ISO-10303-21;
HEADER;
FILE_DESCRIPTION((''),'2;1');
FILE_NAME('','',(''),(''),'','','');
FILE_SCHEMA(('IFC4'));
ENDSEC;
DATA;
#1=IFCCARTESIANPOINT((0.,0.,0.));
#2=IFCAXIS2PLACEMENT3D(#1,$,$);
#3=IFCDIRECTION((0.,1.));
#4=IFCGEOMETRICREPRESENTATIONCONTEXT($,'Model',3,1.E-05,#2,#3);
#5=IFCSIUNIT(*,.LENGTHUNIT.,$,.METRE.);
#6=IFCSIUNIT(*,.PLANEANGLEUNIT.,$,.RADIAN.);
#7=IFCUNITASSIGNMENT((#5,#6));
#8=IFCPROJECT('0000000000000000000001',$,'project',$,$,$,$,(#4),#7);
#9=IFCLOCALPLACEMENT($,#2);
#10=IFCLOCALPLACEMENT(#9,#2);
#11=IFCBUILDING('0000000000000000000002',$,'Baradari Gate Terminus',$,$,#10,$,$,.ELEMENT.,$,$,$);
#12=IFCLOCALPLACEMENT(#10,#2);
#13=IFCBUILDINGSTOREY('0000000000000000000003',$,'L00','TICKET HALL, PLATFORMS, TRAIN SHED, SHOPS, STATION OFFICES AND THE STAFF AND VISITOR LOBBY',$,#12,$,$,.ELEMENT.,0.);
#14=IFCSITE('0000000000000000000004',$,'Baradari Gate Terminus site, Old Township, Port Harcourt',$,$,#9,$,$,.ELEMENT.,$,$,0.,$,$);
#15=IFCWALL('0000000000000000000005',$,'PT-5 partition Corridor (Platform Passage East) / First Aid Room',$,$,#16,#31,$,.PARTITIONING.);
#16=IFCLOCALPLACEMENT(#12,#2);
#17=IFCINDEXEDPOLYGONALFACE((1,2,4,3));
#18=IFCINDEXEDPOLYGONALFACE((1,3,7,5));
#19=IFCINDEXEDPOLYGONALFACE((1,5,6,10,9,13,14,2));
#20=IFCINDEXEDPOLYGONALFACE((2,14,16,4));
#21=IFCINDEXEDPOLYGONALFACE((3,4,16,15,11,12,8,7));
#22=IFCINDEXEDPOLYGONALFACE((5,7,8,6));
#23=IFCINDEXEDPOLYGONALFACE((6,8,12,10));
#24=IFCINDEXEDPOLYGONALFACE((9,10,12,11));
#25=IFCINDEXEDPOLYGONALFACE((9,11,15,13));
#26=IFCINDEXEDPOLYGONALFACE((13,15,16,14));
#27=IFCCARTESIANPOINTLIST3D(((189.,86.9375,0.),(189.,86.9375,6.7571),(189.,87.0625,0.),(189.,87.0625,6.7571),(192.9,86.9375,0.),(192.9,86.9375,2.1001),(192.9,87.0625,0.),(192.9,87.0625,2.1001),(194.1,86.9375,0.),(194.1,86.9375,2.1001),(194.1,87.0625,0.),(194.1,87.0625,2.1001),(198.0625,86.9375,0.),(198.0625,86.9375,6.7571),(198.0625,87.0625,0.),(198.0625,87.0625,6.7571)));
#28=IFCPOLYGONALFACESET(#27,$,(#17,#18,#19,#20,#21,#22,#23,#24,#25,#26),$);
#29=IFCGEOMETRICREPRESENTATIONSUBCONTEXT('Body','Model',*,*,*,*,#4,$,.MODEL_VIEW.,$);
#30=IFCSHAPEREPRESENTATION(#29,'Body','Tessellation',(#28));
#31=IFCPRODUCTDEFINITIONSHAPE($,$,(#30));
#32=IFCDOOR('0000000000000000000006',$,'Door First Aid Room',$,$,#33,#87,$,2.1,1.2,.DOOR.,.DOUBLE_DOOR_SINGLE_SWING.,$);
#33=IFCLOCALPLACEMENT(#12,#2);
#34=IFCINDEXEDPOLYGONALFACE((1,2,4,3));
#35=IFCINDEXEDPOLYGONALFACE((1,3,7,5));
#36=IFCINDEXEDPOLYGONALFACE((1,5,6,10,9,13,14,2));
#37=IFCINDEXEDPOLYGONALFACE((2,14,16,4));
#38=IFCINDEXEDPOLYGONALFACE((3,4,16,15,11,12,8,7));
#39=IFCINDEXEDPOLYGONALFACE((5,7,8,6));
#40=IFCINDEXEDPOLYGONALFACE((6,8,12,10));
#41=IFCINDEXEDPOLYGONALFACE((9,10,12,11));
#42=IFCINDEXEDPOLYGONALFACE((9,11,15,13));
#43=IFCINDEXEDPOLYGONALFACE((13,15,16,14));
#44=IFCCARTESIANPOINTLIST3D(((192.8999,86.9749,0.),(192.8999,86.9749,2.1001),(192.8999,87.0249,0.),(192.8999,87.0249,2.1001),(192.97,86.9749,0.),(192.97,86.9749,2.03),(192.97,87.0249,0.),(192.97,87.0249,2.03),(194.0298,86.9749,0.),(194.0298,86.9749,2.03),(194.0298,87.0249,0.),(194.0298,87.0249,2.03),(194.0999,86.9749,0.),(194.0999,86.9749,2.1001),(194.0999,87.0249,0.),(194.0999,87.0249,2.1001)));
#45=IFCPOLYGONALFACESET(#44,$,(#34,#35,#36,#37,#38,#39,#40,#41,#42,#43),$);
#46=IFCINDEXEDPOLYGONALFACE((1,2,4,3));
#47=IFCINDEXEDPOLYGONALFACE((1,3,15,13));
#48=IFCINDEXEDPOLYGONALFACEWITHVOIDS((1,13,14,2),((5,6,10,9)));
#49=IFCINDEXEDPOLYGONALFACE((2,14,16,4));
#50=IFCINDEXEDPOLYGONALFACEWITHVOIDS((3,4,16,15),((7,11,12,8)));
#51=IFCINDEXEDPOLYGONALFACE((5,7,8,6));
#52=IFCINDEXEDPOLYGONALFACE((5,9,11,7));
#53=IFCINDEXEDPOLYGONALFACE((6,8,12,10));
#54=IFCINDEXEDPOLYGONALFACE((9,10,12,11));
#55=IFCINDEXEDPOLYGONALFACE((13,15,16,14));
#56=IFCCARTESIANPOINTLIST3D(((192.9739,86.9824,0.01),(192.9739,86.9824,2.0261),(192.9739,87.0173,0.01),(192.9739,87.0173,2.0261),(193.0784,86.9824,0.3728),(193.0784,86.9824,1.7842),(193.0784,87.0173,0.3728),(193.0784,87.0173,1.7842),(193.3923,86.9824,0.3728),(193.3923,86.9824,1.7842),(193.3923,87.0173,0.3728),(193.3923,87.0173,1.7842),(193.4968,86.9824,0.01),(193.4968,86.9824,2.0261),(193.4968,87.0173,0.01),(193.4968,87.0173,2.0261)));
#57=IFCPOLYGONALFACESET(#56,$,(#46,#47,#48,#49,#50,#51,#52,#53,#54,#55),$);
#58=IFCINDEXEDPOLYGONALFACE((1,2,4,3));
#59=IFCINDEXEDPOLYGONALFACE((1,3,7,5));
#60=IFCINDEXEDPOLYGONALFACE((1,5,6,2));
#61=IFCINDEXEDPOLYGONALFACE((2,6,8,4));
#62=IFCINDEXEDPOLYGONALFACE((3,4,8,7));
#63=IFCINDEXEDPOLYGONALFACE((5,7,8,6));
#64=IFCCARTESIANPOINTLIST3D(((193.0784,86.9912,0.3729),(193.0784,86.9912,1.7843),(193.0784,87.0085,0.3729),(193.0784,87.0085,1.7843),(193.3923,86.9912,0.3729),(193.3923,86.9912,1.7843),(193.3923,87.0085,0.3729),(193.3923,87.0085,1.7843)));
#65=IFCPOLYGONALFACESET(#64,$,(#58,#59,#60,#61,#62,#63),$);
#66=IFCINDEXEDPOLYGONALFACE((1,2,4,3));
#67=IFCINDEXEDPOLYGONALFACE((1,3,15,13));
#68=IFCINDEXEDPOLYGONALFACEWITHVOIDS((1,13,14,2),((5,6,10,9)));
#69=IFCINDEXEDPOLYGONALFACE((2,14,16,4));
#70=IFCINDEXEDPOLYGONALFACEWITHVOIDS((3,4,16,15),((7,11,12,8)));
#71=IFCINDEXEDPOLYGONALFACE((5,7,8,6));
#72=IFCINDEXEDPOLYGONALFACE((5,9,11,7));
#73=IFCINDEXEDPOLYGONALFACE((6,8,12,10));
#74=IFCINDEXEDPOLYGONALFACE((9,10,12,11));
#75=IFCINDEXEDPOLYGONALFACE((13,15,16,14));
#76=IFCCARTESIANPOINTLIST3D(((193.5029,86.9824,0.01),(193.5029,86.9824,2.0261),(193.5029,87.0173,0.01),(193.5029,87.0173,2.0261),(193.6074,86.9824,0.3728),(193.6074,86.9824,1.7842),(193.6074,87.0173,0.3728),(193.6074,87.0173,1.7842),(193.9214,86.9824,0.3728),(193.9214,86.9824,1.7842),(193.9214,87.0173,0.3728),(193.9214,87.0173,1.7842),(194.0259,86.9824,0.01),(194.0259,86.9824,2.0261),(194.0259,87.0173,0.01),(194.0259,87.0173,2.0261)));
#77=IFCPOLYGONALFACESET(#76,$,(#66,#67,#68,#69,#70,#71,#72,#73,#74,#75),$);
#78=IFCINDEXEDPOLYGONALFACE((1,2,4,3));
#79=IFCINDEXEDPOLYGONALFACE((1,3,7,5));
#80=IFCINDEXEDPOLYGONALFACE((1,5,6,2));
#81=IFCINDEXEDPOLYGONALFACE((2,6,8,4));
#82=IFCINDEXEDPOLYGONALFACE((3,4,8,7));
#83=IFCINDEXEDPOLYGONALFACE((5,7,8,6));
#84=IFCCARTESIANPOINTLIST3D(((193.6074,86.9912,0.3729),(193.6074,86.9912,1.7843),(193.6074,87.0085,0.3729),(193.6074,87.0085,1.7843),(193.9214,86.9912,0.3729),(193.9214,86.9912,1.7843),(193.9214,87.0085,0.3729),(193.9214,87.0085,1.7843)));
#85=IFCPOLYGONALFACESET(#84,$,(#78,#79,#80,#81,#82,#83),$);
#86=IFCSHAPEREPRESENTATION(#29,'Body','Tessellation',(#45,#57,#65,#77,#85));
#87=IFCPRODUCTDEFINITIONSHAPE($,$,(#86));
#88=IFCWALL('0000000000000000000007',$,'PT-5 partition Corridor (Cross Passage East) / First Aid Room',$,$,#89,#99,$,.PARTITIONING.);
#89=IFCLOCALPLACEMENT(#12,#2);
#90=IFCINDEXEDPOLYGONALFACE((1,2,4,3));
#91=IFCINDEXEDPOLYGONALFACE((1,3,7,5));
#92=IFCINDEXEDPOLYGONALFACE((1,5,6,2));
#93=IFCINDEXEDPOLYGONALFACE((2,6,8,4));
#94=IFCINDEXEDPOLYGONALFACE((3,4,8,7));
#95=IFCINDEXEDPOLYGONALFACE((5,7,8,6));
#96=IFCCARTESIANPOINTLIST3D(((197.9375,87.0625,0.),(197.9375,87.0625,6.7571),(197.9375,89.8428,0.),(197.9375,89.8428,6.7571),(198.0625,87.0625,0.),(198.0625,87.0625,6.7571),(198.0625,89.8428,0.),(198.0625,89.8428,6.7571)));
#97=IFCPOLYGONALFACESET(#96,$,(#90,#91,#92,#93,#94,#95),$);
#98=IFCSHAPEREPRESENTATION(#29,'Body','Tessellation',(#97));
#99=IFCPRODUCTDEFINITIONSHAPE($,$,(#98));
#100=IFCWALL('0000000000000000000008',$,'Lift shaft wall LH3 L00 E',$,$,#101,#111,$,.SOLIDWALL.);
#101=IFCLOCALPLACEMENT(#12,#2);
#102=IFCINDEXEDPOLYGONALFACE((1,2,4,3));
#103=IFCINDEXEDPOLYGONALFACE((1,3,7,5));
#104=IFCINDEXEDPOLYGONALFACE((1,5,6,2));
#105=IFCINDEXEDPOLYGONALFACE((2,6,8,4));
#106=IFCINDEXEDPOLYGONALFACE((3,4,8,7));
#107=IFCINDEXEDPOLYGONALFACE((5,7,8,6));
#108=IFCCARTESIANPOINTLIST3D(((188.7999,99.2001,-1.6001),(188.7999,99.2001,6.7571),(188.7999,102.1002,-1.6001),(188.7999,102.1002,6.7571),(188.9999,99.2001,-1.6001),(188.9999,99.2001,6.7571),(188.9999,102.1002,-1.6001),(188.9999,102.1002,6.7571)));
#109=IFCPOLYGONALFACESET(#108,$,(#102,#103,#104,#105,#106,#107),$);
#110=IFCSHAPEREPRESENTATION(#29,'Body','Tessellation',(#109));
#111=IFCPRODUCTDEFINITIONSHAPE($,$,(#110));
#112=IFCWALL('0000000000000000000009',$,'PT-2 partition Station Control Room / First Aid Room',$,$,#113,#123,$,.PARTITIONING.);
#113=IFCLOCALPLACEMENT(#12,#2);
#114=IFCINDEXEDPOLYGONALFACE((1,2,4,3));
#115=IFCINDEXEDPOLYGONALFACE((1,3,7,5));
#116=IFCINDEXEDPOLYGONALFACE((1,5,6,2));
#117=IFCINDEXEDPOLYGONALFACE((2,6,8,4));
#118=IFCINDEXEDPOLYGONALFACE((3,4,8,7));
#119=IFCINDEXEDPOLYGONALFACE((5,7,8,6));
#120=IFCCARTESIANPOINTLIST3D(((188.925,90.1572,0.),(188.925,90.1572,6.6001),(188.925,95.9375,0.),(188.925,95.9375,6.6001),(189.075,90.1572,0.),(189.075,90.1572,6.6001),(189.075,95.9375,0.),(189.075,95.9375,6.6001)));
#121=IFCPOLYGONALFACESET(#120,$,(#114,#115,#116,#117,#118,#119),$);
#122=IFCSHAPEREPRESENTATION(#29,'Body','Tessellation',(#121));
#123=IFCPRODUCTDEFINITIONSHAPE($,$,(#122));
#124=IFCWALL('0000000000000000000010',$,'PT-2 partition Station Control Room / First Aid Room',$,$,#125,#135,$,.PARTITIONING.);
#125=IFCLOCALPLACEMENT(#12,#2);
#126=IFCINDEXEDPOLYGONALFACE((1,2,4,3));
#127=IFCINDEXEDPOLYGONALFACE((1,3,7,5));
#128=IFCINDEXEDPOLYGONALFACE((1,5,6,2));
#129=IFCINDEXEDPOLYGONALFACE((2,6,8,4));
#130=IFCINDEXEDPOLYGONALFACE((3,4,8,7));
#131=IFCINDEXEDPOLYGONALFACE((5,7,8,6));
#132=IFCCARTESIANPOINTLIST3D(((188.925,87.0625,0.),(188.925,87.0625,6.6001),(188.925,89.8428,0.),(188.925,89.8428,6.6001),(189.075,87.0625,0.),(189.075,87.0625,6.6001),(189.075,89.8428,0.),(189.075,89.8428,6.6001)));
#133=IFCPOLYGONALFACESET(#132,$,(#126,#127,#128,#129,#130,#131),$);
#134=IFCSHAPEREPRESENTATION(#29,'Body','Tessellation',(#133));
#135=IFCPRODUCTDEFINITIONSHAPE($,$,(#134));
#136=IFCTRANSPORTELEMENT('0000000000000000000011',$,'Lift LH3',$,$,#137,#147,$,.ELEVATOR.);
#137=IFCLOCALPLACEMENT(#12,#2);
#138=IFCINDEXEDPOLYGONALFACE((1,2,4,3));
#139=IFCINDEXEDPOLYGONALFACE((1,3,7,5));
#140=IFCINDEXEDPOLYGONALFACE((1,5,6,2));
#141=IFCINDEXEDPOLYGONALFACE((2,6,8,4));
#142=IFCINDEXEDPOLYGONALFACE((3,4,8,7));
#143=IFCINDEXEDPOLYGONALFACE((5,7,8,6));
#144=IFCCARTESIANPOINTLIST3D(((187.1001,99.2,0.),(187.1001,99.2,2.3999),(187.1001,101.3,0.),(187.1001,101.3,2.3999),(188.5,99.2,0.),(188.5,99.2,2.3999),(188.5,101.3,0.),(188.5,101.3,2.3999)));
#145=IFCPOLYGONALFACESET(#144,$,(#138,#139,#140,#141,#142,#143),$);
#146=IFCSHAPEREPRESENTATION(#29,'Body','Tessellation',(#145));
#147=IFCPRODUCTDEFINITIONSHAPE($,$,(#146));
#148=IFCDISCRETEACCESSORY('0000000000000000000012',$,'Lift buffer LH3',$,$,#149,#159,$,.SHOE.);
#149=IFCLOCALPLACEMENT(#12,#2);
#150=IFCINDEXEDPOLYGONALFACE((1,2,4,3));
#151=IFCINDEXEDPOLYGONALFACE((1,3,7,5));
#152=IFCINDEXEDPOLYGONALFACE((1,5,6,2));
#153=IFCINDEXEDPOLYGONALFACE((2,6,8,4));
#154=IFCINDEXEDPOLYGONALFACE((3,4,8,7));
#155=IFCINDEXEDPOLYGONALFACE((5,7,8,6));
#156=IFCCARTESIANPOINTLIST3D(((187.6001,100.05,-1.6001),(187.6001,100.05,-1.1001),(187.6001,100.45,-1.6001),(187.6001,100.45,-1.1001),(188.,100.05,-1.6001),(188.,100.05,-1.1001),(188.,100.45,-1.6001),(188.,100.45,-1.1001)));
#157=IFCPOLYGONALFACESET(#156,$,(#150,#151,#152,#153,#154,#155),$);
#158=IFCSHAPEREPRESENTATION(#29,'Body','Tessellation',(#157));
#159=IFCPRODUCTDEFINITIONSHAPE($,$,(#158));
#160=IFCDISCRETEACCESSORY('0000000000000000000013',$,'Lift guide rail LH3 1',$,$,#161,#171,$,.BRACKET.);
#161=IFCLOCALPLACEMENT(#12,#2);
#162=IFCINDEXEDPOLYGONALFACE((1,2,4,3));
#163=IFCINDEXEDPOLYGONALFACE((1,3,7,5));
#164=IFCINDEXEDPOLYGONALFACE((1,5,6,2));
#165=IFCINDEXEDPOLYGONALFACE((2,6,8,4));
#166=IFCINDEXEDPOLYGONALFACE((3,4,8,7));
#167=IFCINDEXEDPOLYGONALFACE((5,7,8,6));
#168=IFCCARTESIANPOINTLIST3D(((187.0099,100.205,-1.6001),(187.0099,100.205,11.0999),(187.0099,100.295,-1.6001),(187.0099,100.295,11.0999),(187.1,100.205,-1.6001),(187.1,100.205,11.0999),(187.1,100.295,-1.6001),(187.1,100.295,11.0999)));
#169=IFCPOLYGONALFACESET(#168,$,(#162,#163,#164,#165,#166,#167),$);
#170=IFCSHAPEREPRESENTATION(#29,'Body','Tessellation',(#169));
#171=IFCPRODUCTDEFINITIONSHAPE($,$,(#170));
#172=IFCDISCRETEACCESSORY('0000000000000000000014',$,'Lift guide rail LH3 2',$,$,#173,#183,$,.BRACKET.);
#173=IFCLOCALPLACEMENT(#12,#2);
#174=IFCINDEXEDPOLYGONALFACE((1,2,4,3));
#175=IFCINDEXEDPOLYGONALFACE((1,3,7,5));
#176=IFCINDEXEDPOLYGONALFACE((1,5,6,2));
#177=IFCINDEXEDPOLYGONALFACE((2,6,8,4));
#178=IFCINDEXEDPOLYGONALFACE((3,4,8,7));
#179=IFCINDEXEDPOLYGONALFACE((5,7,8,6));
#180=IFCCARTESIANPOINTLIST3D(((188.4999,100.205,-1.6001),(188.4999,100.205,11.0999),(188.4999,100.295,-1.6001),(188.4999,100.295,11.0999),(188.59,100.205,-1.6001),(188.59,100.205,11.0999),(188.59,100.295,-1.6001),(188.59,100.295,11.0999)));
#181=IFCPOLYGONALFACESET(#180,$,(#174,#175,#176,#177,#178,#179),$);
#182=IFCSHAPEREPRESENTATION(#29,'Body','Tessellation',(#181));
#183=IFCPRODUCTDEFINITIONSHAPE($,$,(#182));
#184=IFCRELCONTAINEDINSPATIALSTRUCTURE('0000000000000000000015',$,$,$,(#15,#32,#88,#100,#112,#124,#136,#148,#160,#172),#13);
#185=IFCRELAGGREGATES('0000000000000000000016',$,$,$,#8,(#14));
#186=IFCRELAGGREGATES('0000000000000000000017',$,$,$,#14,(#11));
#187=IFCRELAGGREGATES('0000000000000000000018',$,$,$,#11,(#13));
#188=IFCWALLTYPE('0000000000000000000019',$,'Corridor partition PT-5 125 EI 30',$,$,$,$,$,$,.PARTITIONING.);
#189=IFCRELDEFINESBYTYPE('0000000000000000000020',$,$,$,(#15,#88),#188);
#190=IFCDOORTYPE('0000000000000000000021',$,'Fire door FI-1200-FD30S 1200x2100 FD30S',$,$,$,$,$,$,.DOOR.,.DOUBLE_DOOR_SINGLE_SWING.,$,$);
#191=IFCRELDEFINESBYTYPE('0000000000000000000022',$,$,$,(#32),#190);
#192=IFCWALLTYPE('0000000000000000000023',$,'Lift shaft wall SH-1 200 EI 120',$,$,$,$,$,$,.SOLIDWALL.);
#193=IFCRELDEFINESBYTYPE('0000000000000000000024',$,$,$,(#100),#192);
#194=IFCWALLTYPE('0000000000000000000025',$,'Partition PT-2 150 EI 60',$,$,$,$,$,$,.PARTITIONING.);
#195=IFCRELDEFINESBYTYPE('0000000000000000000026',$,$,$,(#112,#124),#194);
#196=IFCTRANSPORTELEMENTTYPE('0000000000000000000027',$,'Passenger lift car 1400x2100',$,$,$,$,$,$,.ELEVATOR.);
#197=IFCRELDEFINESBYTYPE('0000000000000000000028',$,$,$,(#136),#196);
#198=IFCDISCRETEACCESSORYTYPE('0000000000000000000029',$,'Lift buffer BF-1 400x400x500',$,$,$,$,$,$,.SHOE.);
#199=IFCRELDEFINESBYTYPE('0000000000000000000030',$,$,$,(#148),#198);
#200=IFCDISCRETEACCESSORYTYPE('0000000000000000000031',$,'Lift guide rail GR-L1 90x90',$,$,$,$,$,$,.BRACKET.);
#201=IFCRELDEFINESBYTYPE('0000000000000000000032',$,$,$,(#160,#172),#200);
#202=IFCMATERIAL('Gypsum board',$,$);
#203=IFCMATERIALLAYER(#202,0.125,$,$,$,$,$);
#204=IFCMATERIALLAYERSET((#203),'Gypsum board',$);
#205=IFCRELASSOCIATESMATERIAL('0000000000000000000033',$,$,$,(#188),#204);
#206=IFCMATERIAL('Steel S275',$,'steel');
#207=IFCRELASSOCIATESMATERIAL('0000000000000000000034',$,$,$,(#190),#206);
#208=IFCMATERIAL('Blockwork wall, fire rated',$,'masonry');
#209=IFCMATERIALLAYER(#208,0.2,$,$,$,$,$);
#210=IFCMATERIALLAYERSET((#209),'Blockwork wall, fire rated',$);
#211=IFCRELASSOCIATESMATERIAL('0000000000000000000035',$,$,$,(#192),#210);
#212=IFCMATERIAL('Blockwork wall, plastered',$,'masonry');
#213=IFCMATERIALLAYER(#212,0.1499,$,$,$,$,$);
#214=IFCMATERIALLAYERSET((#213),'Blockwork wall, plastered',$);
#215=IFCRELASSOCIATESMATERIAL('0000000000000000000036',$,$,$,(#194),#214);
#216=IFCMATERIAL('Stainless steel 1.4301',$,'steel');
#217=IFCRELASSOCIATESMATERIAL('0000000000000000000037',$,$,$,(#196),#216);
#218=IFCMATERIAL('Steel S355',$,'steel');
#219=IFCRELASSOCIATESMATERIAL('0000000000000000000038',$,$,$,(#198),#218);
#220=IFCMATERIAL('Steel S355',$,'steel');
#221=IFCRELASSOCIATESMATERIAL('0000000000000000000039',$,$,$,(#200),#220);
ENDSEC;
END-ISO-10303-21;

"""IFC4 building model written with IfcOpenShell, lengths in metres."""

from ifc_helpers import new_model, si_unit, direction, frame, frame_2d, origin, origin_2d, place, context, subcontext, project, spatial, polyline, rectangle, outline, extrude, material, layer, layer_set, type_object, element, fill, save


model = new_model("IFC4")

# Units and contexts
model_context = context("Model", 3, precision=1e-05, world=origin(), true_north=direction((0.0, 1.0)))
body_context = subcontext(model_context, "Body", "Model", "MODEL_VIEW")
ifc_project = project(units=[si_unit("LENGTHUNIT", "METRE"), si_unit("PLANEANGLEUNIT", "RADIAN")], contexts=[model_context])

# Site, building, storey
site_placement = place(None, origin())
site = spatial("IfcSite", under=ifc_project, at=site_placement, Name="Baradari Gate Terminus site, Old Township, Port Harcourt", CompositionType="ELEMENT", RefElevation=0.0)
building_placement = place(site_placement, origin())
building = spatial("IfcBuilding", under=site, at=building_placement, Name="Baradari Gate Terminus", CompositionType="ELEMENT")
storey_placement = place(building_placement, origin())
storey = spatial("IfcBuildingStorey", under=building, at=storey_placement, Name="L00", Description="TICKET HALL, PLATFORMS, TRAIN SHED, SHOPS, STATION OFFICES AND THE STAFF AND VISITOR LOBBY", CompositionType="ELEMENT", Elevation=0.0)

# Shared definitions
ifc_material_1 = material(Name="Gypsum board")
ifc_layer_1 = layer(ifc_material_1, 0.125)
ifc_layer_set_1 = layer_set([ifc_layer_1], Name="Gypsum board")
wall_type_1 = type_object("IfcWallType", Name="Corridor partition PT-5 125 EI 30", PredefinedType="PARTITIONING", material=ifc_layer_set_1)

# Wall, opening, door
wall_1_placement = place(storey_placement, frame((189.0, 87.0, 0.0), z_axis=(0.0, 0.0, 1.0), x_axis=(1.0, 0.0, 0.0)))
wall_1 = element("IfcWall", 1, at=wall_1_placement, inside=storey, type_object=wall_type_1, Name="PT-5 partition Corridor (Platform Passage East) / First Aid Room", PredefinedType="PARTITIONING", context=body_context, shape_type="SweptSolid", body=[
    extrude(rectangle(XDim=9.0625, YDim=0.125, at=frame_2d((4.5312, 0.0))), origin(), (0.0, 0.0, 1.0), 6.7571),
])
opening_placement = place(wall_1_placement, frame((3.8999, 0.0, 0.0)))
opening = element("IfcOpeningElement", 2, at=opening_placement, cuts=wall_1, PredefinedType="OPENING", context=body_context, shape_type="SweptSolid", body=[
    extrude(rectangle(XDim=1.2, YDim=2.1001, at=frame_2d((0.6001, 1.05))), frame((0.0, 0.0725, 0.0), z_axis=(0.0, -1.0, 0.0), x_axis=(1.0, 0.0, 0.0)), (0.0, 0.0, 1.0), 0.145),
])
ifc_material_2 = material(Name="Steel S275", Category="steel")
door_type = type_object("IfcDoorType", Name="Fire door FI-1200-FD30S 1200x2100 FD30S", OperationType="DOUBLE_DOOR_SINGLE_SWING", PredefinedType="DOOR", material=ifc_material_2)
door_placement = place(opening_placement, origin())
door = element("IfcDoor", 3, at=door_placement, inside=storey, type_object=door_type, Name="Door First Aid Room", OperationType="DOUBLE_DOOR_SINGLE_SWING", OverallHeight=2.1, OverallWidth=1.2, PredefinedType="DOOR", context=body_context, shape_type="SweptSolid", body=[
    extrude(outline(polyline([(0.0, 0.0), (0.0701, 0.0), (0.0701, 2.03), (1.1299, 2.03), (1.1299, 0.0), (1.2, 0.0), (1.2, 2.1001), (0.0, 2.1001), (0.0, 0.0)])), frame((0.0, 0.0249, 0.0), z_axis=(0.0, -1.0, 0.0), x_axis=(1.0, 0.0, 0.0)), (0.0, 0.0, 1.0), 0.05),
    extrude(outline(polyline([(0.074, 0.01), (0.5969, 0.01), (0.5969, 2.0261), (0.074, 2.0261), (0.074, 0.01)]), holes=[polyline([(0.1785, 0.3728), (0.4924, 0.3728), (0.4924, 1.7842), (0.1785, 1.7842), (0.1785, 0.3728)])]), frame((0.0, 0.0173, 0.0), z_axis=(0.0, -1.0, 0.0), x_axis=(1.0, 0.0, 0.0)), (0.0, 0.0, 1.0), 0.0349),
    extrude(rectangle(XDim=0.314, YDim=1.4114, at=frame_2d((0.3354, 1.0786))), frame((0.0, 0.0085, 0.0), z_axis=(0.0, -1.0, 0.0), x_axis=(1.0, 0.0, 0.0)), (0.0, 0.0, 1.0), 0.0173),
    extrude(outline(polyline([(0.603, 0.01), (1.126, 0.01), (1.126, 2.0261), (0.603, 2.0261), (0.603, 0.01)]), holes=[polyline([(0.7075, 0.3728), (1.0215, 0.3728), (1.0215, 1.7842), (0.7075, 1.7842), (0.7075, 0.3728)])]), frame((0.0, 0.0173, 0.0), z_axis=(0.0, -1.0, 0.0), x_axis=(1.0, 0.0, 0.0)), (0.0, 0.0, 1.0), 0.0349),
    extrude(rectangle(XDim=0.314, YDim=1.4114, at=frame_2d((0.8645, 1.0786))), frame((0.0, 0.0085, 0.0), z_axis=(0.0, -1.0, 0.0), x_axis=(1.0, 0.0, 0.0)), (0.0, 0.0, 1.0), 0.0173),
])
fill(opening, door)

# Walls
wall_2_placement = place(storey_placement, frame((198.0, 87.0625, 0.0), z_axis=(0.0, 0.0, 1.0), x_axis=(0.0, 1.0, 0.0)))
element("IfcWall", 4, at=wall_2_placement, inside=storey, type_object=wall_type_1, Name="PT-5 partition Corridor (Cross Passage East) / First Aid Room", PredefinedType="PARTITIONING", context=body_context, shape_type="SweptSolid", body=[
    extrude(rectangle(XDim=2.7803, YDim=0.125, at=frame_2d((1.3901, 0.0))), origin(), (0.0, 0.0, 1.0), 6.7571),
])
ifc_material_3 = material(Name="Blockwork wall, fire rated", Category="masonry")
ifc_layer_2 = layer(ifc_material_3, 0.2)
ifc_layer_set_2 = layer_set([ifc_layer_2], Name="Blockwork wall, fire rated")
wall_type_2 = type_object("IfcWallType", Name="Lift shaft wall SH-1 200 EI 120", PredefinedType="SOLIDWALL", material=ifc_layer_set_2)
wall_3_placement = place(storey_placement, frame((188.8999, 99.2, -1.6001), z_axis=(0.0, 0.0, 1.0), x_axis=(0.0, 1.0, 0.0)))
element("IfcWall", 5, at=wall_3_placement, inside=storey, type_object=wall_type_2, Name="Lift shaft wall LH3 L00 E", PredefinedType="SOLIDWALL", context=body_context, shape_type="SweptSolid", body=[
    extrude(rectangle(XDim=2.9001, YDim=0.2, at=frame_2d((1.4502, 0.0))), origin(), (0.0, 0.0, 1.0), 8.3572),
])
ifc_material_4 = material(Name="Blockwork wall, plastered", Category="masonry")
ifc_layer_3 = layer(ifc_material_4, 0.1499)
ifc_layer_set_3 = layer_set([ifc_layer_3], Name="Blockwork wall, plastered")
wall_type_3 = type_object("IfcWallType", Name="Partition PT-2 150 EI 60", PredefinedType="PARTITIONING", material=ifc_layer_set_3)
wall_4_placement = place(storey_placement, frame((189.0, 95.9375, 0.0), z_axis=(0.0, 0.0, 1.0), x_axis=(0.0, -1.0, 0.0)))
element("IfcWall", 6, at=wall_4_placement, inside=storey, type_object=wall_type_3, Name="PT-2 partition Station Control Room / First Aid Room", PredefinedType="PARTITIONING", context=body_context, shape_type="SweptSolid", body=[
    extrude(rectangle(XDim=5.7803, YDim=0.1499, at=frame_2d((2.8901, 0.0))), origin(), (0.0, 0.0, 1.0), 6.6001),
])
wall_5_placement = place(storey_placement, frame((189.0, 89.8428, 0.0), z_axis=(0.0, 0.0, 1.0), x_axis=(0.0, -1.0, 0.0)))
element("IfcWall", 7, at=wall_5_placement, inside=storey, type_object=wall_type_3, Name="PT-2 partition Station Control Room / First Aid Room", PredefinedType="PARTITIONING", context=body_context, shape_type="SweptSolid", body=[
    extrude(rectangle(XDim=2.7803, YDim=0.1499, at=frame_2d((1.3901, 0.0))), origin(), (0.0, 0.0, 1.0), 6.6001),
])

# Transport element
ifc_material_5 = material(Name="Stainless steel 1.4301", Category="steel")
transport_element_type = type_object("IfcTransportElementType", Name="Passenger lift car 1400x2100", PredefinedType="ELEVATOR", material=ifc_material_5)
transport_element_placement = place(storey_placement, frame((187.8, 100.25, 0.0), z_axis=(0.0, 0.0, 1.0), x_axis=(1.0, 0.0, 0.0)))
element("IfcTransportElement", 8, at=transport_element_placement, inside=storey, type_object=transport_element_type, Name="Lift LH3", PredefinedType="ELEVATOR", context=body_context, shape_type="SweptSolid", body=[
    extrude(rectangle(XDim=1.3999, YDim=2.1001, at=origin_2d()), origin(), (0.0, 0.0, 1.0), 2.3999),
])

# Discrete accessories
ifc_material_6 = material(Name="Steel S355", Category="steel")
discrete_accessory_type_1 = type_object("IfcDiscreteAccessoryType", Name="Lift buffer BF-1 400x400x500", PredefinedType="SHOE", material=ifc_material_6)
discrete_accessory_placement = place(storey_placement, frame((187.8, 100.25, -1.6001), z_axis=(0.0, 0.0, 1.0), x_axis=(1.0, 0.0, 0.0)))
element("IfcDiscreteAccessory", 9, at=discrete_accessory_placement, inside=storey, type_object=discrete_accessory_type_1, Name="Lift buffer LH3", PredefinedType="SHOE", context=body_context, shape_type="SweptSolid", body=[
    extrude(rectangle(XDim=0.3999, YDim=0.3999, at=origin_2d()), origin(), (0.0, 0.0, 1.0), 0.5),
])
ifc_material_7 = material(Name="Steel S355", Category="steel")
discrete_accessory_type_2 = type_object("IfcDiscreteAccessoryType", Name="Lift guide rail GR-L1 90x90", PredefinedType="BRACKET", material=ifc_material_7)
for number, where, z_axis, x_axis, name in (
    (10, (187.0549, 100.25, -1.6001), (0.0, 0.0, 1.0), (1.0, 0.0, 0.0), "Lift guide rail LH3 1"),
    (11, (188.5449, 100.25, -1.6001), (0.0, 0.0, 1.0), (1.0, 0.0, 0.0), "Lift guide rail LH3 2"),
):
    element("IfcDiscreteAccessory", number, at=place(storey_placement, frame(where, z_axis=z_axis, x_axis=x_axis)), inside=storey, type_object=discrete_accessory_type_2, Name=name, PredefinedType="BRACKET", context=body_context, shape_type="SweptSolid", body=[
        extrude(rectangle(XDim=0.0901, YDim=0.0901, at=origin_2d()), origin(), (0.0, 0.0, 1.0), 12.7),
    ])

save(model, "model.ifc")
